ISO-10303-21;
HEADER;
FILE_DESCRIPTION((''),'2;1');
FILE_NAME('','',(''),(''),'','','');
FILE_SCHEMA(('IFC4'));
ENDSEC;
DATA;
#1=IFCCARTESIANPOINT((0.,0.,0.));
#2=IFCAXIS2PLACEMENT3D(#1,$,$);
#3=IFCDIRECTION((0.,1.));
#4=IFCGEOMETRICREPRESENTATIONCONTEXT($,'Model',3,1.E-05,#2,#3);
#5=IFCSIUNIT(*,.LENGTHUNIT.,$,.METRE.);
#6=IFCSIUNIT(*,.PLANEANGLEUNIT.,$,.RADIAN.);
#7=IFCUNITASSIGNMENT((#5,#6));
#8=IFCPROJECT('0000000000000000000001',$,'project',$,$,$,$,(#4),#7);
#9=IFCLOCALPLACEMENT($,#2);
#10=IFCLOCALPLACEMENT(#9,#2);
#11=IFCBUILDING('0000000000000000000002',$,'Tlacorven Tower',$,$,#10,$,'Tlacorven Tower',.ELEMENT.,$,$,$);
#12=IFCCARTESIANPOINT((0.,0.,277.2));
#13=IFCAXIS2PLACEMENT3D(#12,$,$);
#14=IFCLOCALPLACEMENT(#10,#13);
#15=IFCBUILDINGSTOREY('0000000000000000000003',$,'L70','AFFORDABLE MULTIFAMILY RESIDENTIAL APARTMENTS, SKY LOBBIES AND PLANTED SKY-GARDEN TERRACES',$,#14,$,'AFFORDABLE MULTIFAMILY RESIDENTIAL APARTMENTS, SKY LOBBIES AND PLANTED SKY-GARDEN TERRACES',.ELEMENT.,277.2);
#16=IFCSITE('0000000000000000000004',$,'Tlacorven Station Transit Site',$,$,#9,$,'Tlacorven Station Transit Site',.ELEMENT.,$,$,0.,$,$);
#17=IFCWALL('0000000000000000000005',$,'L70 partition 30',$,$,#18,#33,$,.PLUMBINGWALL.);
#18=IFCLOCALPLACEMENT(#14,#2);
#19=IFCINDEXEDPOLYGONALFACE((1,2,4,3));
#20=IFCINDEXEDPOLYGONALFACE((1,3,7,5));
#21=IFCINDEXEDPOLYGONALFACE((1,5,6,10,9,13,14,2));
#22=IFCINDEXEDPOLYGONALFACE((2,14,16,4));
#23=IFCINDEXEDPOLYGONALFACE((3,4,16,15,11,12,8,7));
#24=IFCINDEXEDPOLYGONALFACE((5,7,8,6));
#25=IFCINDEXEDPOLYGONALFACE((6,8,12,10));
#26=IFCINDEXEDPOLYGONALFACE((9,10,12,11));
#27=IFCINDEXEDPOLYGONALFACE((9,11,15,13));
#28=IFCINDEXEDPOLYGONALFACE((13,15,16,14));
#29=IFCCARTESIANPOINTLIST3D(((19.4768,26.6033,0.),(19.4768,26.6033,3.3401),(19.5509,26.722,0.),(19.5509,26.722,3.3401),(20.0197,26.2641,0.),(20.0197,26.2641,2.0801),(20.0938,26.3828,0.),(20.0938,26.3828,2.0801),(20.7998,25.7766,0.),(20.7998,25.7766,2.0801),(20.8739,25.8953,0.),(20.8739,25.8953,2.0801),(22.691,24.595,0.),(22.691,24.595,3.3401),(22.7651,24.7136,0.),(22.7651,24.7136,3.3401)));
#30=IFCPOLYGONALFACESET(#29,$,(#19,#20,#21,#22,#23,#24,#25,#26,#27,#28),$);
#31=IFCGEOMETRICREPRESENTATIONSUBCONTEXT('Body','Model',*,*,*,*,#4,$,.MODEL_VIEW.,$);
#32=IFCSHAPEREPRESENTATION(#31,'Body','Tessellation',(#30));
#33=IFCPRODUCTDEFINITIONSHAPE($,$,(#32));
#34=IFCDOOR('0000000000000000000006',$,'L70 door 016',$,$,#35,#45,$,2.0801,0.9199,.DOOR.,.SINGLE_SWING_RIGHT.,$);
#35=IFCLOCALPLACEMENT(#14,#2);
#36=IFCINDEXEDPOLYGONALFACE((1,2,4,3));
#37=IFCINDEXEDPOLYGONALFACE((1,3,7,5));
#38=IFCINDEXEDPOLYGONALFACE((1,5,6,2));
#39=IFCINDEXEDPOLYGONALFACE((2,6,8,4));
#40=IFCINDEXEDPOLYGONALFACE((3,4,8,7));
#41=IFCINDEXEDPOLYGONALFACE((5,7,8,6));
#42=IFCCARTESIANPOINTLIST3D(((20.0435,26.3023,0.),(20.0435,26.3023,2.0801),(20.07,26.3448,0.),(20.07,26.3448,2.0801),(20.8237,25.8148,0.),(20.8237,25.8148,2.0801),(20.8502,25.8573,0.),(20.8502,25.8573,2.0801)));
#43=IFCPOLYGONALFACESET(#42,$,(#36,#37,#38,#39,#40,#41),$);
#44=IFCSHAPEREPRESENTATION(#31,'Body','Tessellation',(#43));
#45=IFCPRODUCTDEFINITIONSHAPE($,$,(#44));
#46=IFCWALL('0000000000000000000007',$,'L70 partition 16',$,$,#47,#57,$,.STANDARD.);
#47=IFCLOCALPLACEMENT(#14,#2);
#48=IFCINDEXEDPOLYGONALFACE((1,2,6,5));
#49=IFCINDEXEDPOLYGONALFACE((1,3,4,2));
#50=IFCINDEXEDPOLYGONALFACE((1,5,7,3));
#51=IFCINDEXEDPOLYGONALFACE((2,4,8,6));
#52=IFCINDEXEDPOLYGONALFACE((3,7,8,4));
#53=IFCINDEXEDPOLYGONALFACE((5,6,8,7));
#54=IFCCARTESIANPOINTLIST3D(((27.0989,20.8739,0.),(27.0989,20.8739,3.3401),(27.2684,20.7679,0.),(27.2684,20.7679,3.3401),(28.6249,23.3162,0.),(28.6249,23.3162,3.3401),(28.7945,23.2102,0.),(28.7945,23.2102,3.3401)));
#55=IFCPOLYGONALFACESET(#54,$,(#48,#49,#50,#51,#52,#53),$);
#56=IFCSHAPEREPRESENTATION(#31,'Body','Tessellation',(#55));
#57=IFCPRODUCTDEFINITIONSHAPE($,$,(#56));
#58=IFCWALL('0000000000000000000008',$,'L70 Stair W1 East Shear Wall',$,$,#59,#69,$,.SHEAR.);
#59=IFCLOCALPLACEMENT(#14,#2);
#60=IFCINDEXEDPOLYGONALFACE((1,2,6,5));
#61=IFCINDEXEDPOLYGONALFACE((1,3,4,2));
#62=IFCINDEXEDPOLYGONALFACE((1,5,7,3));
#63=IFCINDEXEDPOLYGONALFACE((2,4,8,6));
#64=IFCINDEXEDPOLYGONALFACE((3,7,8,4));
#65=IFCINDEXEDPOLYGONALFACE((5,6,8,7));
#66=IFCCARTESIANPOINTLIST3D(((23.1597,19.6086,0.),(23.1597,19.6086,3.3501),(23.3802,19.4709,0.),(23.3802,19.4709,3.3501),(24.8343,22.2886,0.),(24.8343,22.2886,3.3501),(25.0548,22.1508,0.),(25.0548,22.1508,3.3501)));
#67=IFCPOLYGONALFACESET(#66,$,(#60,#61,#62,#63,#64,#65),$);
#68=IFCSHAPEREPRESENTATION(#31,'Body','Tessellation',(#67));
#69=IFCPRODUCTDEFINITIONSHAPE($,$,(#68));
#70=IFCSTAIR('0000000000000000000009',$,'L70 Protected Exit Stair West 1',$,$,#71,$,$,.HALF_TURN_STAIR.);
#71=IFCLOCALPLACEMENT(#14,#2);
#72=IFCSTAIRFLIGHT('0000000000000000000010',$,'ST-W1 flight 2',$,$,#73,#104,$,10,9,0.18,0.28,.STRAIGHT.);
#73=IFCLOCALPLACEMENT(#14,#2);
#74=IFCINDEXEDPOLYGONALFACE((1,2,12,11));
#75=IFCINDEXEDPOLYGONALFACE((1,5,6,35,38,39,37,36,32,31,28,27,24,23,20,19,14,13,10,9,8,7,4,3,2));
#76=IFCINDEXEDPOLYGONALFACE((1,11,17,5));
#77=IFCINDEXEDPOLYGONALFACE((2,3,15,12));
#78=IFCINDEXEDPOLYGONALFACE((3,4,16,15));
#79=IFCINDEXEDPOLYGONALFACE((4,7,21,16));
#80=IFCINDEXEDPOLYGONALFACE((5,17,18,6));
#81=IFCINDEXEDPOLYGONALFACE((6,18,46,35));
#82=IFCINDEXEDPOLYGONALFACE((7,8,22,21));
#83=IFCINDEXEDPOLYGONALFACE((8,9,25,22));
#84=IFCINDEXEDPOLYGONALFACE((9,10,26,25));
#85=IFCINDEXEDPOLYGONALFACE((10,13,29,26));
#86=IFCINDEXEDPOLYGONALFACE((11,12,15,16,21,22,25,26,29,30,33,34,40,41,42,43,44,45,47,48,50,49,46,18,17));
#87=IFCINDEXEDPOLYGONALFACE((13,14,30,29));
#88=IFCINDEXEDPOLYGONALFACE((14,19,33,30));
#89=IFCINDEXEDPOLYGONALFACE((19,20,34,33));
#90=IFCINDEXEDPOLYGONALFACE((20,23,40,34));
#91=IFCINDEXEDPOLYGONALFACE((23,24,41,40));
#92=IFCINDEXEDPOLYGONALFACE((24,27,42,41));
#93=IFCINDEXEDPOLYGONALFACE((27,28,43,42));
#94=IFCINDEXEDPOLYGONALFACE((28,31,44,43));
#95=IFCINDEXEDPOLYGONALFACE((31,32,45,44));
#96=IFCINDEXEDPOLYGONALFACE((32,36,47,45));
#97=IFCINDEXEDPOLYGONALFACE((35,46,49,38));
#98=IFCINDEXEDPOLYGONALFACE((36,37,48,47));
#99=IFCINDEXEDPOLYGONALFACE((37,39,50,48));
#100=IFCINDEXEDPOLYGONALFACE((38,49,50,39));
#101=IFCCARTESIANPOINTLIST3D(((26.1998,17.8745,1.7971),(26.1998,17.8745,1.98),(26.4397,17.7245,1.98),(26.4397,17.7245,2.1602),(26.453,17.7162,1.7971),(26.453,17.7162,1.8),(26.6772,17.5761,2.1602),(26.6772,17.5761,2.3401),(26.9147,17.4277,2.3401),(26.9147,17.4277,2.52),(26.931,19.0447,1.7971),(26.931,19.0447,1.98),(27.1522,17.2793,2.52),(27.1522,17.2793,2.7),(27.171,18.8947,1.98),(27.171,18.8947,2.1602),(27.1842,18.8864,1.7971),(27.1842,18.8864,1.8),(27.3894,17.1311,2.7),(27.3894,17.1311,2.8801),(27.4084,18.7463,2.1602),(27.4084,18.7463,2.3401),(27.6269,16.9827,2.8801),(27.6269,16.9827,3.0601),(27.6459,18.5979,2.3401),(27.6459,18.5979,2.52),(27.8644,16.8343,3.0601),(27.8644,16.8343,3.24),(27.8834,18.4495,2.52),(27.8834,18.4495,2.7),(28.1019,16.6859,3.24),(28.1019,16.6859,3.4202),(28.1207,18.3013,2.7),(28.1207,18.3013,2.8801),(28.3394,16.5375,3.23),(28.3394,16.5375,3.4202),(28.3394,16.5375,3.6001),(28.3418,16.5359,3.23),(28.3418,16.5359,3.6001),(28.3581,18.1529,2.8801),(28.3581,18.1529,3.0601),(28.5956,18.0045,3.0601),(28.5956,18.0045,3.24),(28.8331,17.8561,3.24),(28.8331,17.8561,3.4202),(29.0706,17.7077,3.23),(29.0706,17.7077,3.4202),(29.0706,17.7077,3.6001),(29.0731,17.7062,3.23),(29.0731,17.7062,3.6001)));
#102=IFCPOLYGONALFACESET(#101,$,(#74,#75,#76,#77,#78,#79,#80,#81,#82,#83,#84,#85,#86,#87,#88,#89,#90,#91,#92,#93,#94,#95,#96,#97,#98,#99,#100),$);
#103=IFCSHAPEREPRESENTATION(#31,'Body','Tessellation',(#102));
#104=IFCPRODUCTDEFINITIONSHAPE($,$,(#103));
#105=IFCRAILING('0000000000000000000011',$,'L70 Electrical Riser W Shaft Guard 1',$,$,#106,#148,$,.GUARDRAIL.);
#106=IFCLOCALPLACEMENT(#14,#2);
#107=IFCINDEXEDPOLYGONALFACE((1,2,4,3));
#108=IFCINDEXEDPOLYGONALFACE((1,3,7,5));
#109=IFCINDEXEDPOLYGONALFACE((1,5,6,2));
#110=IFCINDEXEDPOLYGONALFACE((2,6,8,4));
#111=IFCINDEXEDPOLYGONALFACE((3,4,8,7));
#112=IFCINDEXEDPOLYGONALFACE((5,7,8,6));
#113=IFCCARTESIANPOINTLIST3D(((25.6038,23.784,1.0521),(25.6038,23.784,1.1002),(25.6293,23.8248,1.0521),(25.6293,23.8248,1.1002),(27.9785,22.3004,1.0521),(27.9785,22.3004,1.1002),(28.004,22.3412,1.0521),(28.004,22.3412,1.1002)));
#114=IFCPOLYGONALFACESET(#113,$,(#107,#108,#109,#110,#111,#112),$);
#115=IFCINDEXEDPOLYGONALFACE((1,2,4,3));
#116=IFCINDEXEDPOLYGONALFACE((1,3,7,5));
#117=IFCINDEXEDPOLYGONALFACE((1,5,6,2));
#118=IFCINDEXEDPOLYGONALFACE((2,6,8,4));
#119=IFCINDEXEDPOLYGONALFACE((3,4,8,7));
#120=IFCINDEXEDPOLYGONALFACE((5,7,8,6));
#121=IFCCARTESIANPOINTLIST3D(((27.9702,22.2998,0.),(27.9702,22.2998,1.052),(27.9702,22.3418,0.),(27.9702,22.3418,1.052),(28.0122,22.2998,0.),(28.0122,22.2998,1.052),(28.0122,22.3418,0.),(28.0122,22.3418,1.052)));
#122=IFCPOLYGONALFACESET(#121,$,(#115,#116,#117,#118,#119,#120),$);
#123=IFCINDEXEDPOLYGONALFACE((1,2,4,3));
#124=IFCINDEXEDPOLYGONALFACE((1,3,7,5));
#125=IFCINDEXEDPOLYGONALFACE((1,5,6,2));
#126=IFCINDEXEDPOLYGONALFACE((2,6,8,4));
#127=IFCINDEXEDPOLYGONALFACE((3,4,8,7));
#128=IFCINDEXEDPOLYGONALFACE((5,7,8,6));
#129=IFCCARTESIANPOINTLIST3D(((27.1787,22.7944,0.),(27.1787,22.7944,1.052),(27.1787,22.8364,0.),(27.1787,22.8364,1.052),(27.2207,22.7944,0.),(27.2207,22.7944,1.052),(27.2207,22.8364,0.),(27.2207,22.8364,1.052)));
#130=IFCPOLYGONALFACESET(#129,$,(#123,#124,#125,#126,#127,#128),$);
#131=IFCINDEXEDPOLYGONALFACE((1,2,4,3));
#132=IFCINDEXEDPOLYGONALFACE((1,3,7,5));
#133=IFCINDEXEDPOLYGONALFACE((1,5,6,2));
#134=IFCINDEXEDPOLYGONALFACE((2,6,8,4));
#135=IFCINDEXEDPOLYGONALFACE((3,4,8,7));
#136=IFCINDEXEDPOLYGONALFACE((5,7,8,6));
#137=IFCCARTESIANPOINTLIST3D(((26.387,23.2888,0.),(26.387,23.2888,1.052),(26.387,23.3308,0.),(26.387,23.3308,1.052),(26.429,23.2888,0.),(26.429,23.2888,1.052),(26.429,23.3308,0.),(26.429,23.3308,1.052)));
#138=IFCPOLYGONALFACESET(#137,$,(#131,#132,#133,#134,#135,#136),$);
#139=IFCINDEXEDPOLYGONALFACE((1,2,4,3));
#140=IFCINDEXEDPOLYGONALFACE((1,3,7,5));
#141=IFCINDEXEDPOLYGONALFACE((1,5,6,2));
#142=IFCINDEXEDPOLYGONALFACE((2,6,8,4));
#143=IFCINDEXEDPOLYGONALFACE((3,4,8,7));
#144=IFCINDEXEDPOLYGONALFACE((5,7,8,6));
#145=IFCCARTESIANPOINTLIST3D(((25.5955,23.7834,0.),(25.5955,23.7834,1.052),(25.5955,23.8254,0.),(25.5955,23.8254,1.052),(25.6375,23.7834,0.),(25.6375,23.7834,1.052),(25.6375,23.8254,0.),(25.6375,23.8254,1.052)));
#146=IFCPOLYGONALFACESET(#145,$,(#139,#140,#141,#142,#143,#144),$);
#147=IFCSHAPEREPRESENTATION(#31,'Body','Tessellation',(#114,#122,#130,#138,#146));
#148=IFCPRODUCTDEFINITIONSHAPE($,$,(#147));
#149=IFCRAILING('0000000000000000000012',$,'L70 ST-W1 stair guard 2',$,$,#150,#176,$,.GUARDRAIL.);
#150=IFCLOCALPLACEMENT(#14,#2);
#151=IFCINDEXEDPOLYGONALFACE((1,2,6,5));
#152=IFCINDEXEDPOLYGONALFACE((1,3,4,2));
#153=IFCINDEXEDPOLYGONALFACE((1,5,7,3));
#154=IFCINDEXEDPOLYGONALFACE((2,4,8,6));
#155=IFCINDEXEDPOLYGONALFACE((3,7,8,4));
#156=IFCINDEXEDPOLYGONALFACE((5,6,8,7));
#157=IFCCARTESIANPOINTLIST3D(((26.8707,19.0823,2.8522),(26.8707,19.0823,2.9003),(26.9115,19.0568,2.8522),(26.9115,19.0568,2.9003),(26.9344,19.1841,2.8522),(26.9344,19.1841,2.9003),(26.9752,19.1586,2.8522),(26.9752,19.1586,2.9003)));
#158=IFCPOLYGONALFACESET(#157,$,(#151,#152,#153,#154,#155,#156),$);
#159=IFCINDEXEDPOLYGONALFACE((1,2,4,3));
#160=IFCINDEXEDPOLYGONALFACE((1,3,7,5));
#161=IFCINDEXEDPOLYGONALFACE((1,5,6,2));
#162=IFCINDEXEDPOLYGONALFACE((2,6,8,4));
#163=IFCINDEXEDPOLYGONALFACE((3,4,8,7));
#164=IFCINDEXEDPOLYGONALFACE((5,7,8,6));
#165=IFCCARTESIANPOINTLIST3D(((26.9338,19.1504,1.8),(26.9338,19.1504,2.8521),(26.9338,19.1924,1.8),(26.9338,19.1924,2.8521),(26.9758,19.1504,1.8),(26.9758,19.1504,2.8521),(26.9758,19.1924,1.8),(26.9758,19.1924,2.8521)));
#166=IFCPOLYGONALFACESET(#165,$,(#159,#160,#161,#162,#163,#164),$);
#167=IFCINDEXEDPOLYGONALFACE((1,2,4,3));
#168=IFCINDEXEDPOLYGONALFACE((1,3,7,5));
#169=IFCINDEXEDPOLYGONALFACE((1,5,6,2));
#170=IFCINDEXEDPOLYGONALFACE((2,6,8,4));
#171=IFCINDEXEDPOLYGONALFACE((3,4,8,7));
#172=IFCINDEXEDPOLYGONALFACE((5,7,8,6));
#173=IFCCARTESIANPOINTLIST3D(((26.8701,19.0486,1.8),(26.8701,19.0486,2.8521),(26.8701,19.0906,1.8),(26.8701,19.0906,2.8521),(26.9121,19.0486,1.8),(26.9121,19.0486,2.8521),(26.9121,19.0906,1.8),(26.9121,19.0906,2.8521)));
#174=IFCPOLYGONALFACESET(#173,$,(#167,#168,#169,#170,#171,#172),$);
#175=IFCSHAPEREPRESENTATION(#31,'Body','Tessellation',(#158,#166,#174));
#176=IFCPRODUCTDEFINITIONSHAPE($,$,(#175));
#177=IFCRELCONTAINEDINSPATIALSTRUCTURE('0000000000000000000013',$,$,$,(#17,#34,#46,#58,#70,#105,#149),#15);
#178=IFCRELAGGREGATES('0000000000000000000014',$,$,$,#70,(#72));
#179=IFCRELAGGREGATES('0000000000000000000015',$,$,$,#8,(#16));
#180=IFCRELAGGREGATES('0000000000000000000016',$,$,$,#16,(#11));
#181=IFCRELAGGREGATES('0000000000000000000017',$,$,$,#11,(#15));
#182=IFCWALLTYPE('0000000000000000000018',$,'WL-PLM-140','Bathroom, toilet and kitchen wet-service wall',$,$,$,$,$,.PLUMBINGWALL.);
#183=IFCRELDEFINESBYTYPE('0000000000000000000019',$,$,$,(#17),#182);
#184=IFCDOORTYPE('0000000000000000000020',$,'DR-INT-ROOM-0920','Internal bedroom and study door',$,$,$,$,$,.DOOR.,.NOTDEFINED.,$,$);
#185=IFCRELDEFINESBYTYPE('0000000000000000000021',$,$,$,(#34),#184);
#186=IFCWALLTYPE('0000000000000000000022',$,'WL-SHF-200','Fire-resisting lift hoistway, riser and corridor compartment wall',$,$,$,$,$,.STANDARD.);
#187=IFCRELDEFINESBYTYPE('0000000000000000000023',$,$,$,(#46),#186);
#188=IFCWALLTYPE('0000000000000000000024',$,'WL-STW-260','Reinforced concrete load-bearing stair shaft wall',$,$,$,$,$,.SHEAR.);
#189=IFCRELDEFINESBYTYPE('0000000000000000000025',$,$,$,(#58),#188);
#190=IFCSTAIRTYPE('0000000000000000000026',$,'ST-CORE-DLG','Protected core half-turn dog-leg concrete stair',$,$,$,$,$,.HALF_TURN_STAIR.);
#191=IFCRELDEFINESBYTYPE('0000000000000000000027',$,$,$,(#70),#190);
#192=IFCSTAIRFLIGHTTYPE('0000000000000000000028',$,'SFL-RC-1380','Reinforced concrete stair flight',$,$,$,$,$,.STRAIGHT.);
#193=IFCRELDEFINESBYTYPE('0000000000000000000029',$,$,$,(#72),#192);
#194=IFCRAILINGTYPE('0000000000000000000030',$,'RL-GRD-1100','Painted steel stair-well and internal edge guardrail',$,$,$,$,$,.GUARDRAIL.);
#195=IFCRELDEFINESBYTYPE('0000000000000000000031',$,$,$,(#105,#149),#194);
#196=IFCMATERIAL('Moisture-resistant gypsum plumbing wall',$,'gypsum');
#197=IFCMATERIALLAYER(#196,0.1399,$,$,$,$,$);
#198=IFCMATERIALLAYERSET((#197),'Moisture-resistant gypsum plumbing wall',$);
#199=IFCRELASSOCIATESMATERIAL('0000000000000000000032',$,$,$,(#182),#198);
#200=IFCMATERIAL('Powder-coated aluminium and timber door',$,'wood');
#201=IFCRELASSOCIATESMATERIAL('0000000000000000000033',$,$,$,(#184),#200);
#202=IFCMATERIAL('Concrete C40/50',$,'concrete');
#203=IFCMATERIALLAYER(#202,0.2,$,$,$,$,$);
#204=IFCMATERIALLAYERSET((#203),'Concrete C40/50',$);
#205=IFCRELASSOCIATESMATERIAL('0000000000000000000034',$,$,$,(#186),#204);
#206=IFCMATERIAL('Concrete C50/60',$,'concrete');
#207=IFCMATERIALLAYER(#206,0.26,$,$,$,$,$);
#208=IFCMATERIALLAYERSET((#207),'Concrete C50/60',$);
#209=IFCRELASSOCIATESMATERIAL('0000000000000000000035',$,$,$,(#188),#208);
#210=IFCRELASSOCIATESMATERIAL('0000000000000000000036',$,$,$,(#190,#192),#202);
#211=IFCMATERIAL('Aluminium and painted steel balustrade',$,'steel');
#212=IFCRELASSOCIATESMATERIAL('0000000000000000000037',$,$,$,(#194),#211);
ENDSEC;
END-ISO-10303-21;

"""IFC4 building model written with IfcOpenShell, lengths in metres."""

from ifc_helpers import new_model, si_unit, direction, frame, frame_2d, origin, origin_2d, place, context, subcontext, project, spatial, polyline, rectangle, outline, extrude, source, transform, mapped, material, layer, layer_set, type_object, element, fill, aggregate, save


model = new_model("IFC4")

# Units and contexts
model_context = context("Model", 3, precision=1e-05, world=origin(), true_north=direction((0.0, 1.0)))
body_context = subcontext(model_context, "Body", "Model", "MODEL_VIEW")
ifc_project = project(units=[si_unit("LENGTHUNIT", "METRE"), si_unit("PLANEANGLEUNIT", "RADIAN")], contexts=[model_context])

# Site, building, storey
site_placement = place(None, origin())
site = spatial("IfcSite", under=ifc_project, at=site_placement, Name="Tlacorven Station Transit Site", LongName="Tlacorven Station Transit Site", CompositionType="ELEMENT", RefElevation=0.0)
building_placement = place(site_placement, origin())
building = spatial("IfcBuilding", under=site, at=building_placement, Name="Tlacorven Tower", LongName="Tlacorven Tower", CompositionType="ELEMENT")
storey_placement = place(building_placement, frame((0.0, 0.0, 277.2)))
storey = spatial("IfcBuildingStorey", under=building, at=storey_placement, Name="L70", Description="AFFORDABLE MULTIFAMILY RESIDENTIAL APARTMENTS, SKY LOBBIES AND PLANTED SKY-GARDEN TERRACES", LongName="AFFORDABLE MULTIFAMILY RESIDENTIAL APARTMENTS, SKY LOBBIES AND PLANTED SKY-GARDEN TERRACES", CompositionType="ELEMENT", Elevation=277.2)

# Shared definitions
ifc_material_1 = material(Name="Concrete C50/60", Category="concrete")
ifc_material_2 = material(Name="Moisture-resistant gypsum plumbing wall", Category="gypsum")
ifc_layer_1 = layer(ifc_material_2, 0.1399)
ifc_layer_set_1 = layer_set([ifc_layer_1], Name="Moisture-resistant gypsum plumbing wall")
wall_type_1 = type_object("IfcWallType", Name="WL-PLM-140", Description="Bathroom, toilet and kitchen wet-service wall", PredefinedType="PLUMBINGWALL", material=ifc_layer_set_1)

# Wall, opening, door
wall_1_placement = place(storey_placement, frame((22.728, 24.6543, 0.0), z_axis=(0.0, 0.0, 1.0), x_axis=(-0.84806, 0.529901, 0.0)))
wall_1 = element("IfcWall", 1, at=wall_1_placement, inside=storey, type_object=wall_type_1, Name="L70 partition 30", PredefinedType="PLUMBINGWALL", context=body_context, shape_type="SweptSolid", body=[
    extrude(rectangle(XDim=3.79, YDim=0.1399, at=frame_2d((1.895, 0.0))), origin(), (0.0, 0.0, 1.0), 3.3401),
])
opening_placement = place(wall_1_placement, frame((2.23, 0.0, 0.0)))
opening = element("IfcOpeningElement", 2, at=opening_placement, cuts=wall_1, PredefinedType="OPENING", context=body_context, shape_type="SweptSolid", body=[
    extrude(rectangle(XDim=0.9199, YDim=2.0801, at=frame_2d((0.46, 1.04))), frame((0.0, 0.0801, 0.0), z_axis=(0.0, -1.0, 0.0), x_axis=(1.0, 0.0, 0.0)), (0.0, 0.0, 1.0), 0.1599),
])
ifc_material_3 = material(Name="Powder-coated aluminium and timber door", Category="wood")
door_type = type_object("IfcDoorType", Name="DR-INT-ROOM-0920", Description="Internal bedroom and study door", OperationType="NOTDEFINED", PredefinedType="DOOR", material=ifc_material_3)
shared_shape_1 = source(origin(), body_context, "Body", "SweptSolid", [
    extrude(rectangle(XDim=0.9199, YDim=2.0801, at=frame_2d((0.46, 1.04))), frame((0.0, 0.0249, 0.0), z_axis=(0.0, -1.0, 0.0), x_axis=(1.0, 0.0, 0.0)), (0.0, 0.0, 1.0), 0.05),
])
door_placement = place(opening_placement, origin())
door = element("IfcDoor", 3, at=door_placement, inside=storey, type_object=door_type, Name="L70 door 016", OperationType="SINGLE_SWING_RIGHT", OverallHeight=2.0801, OverallWidth=0.9199, PredefinedType="DOOR", context=body_context, shape_type="MappedRepresentation", body=[
    mapped(shared_shape_1, transform((0.0, 0.0, 0.0), scale=1.0)),
])
fill(opening, door)

# Walls
ifc_material_4 = material(Name="Concrete C40/50", Category="concrete")
ifc_layer_2 = layer(ifc_material_4, 0.2)
ifc_layer_set_2 = layer_set([ifc_layer_2], Name="Concrete C40/50")
wall_type_2 = type_object("IfcWallType", Name="WL-SHF-200", Description="Fire-resisting lift hoistway, riser and corridor compartment wall", PredefinedType="STANDARD", material=ifc_layer_set_2)
wall_2_placement = place(storey_placement, frame((28.7097, 23.2632, 0.0), z_axis=(0.0, 0.0, 1.0), x_axis=(-0.529907, -0.848055, 0.0)))
element("IfcWall", 4, at=wall_2_placement, inside=storey, type_object=wall_type_2, Name="L70 partition 16", PredefinedType="STANDARD", context=body_context, shape_type="SweptSolid", body=[
    extrude(rectangle(XDim=2.8799, YDim=0.2, at=frame_2d((1.4399, 0.0))), origin(), (0.0, 0.0, 1.0), 3.3401),
])
ifc_layer_3 = layer(ifc_material_1, 0.26)
ifc_layer_set_3 = layer_set([ifc_layer_3], Name="Concrete C50/60")
wall_type_3 = type_object("IfcWallType", Name="WL-STW-260", Description="Reinforced concrete load-bearing stair shaft wall", PredefinedType="SHEAR", material=ifc_layer_set_3)
wall_3_placement = place(storey_placement, frame((24.9446, 22.2197, 0.0), z_axis=(0.0, 0.0, 1.0), x_axis=(-0.529909, -0.848055, 0.0)))
element("IfcWall", 5, at=wall_3_placement, inside=storey, type_object=wall_type_3, Name="L70 Stair W1 East Shear Wall", PredefinedType="SHEAR", context=body_context, shape_type="SweptSolid", body=[
    extrude(rectangle(XDim=3.1602, YDim=0.26, at=frame_2d((1.5801, 0.0))), origin(), (0.0, 0.0, 1.0), 3.3501),
])

# Stair, stair flight
stair_type = type_object("IfcStairType", Name="ST-CORE-DLG", Description="Protected core half-turn dog-leg concrete stair", PredefinedType="HALF_TURN_STAIR", material=ifc_material_4)
stair_placement = place(storey_placement, origin())
stair = element("IfcStair", 6, at=stair_placement, inside=storey, type_object=stair_type, Name="L70 Protected Exit Stair West 1", PredefinedType="HALF_TURN_STAIR")
stair_flight_type = type_object("IfcStairFlightType", Name="SFL-RC-1380", Description="Reinforced concrete stair flight", PredefinedType="STRAIGHT", material=ifc_material_4)
shared_shape_2 = source(origin(), body_context, "Body", "SweptSolid", [
    extrude(outline(polyline([(-0.0029, -0.0029), (-0.0029, 0.1799), (0.28, 0.1799), (0.28, 0.3601), (0.5601, 0.3601), (0.5601, 0.54), (0.8401, 0.54), (0.8401, 0.72), (1.1201, 0.72), (1.1201, 0.8999), (1.3999, 0.8999), (1.3999, 1.0801), (1.6799, 1.0801), (1.6799, 1.26), (1.96, 1.26), (1.96, 1.4399), (2.24, 1.4399), (2.24, 1.6201), (2.52, 1.6201), (2.52, 1.8), (2.5229, 1.8), (2.5229, 1.4299), (2.52, 1.4299), (0.2957, 0.0), (0.2957, -0.0029), (-0.0029, -0.0029)])), frame((0.0, 0.6899, 0.0), z_axis=(0.0, -1.0, 0.0), x_axis=(1.0, 0.0, 0.0)), (0.0, 0.0, 1.0), 1.3799),
])
stair_flight_placement = place(storey_placement, frame((26.5679, 18.458, 1.8), z_axis=(0.0, 0.0, 1.0), x_axis=(0.848048, -0.529919, 0.0)))
stair_flight = element("IfcStairFlight", 7, at=stair_flight_placement, type_object=stair_flight_type, Name="ST-W1 flight 2", NumberOfRisers=10, NumberOfTreads=9, PredefinedType="STRAIGHT", RiserHeight=0.18, TreadLength=0.28, context=body_context, shape_type="MappedRepresentation", body=[
    mapped(shared_shape_2, transform((0.0, 0.0, 0.0), scale=1.0)),
])
aggregate(stair, [stair_flight])

# Railings
ifc_material_5 = material(Name="Aluminium and painted steel balustrade", Category="steel")
railing_type_1 = type_object("IfcRailingType", Name="RL-GRD-1100", Description="Painted steel stair-well and internal edge guardrail", PredefinedType="GUARDRAIL", material=ifc_material_5)
shared_shape_3 = source(origin(), body_context, "Body", "SweptSolid", [
    extrude(rectangle(XDim=0.0481, YDim=0.0481, at=origin_2d()), frame((0.0, 0.0, 1.0762), z_axis=(-0.848091, 0.52985, 0.0), x_axis=(-0.52985, -0.848091, 0.0)), (0.0, 0.0, 1.0), 2.8),
    extrude(rectangle(XDim=0.042, YDim=0.042, at=origin_2d()), origin(), (0.0, 0.0, 1.0), 1.052),
    extrude(rectangle(XDim=0.042, YDim=0.042, at=origin_2d()), frame((-0.7915, 0.4946, 0.0)), (0.0, 0.0, 1.0), 1.052),
    extrude(rectangle(XDim=0.042, YDim=0.042, at=origin_2d()), frame((-1.5833, 0.989, 0.0)), (0.0, 0.0, 1.0), 1.052),
    extrude(rectangle(XDim=0.042, YDim=0.042, at=origin_2d()), frame((-2.3748, 1.4836, 0.0)), (0.0, 0.0, 1.0), 1.052),
])
railing_1_placement = place(storey_placement, frame((27.9912, 22.3208, 0.0)))
element("IfcRailing", 8, at=railing_1_placement, inside=storey, type_object=railing_type_1, Name="L70 Electrical Riser W Shaft Guard 1", PredefinedType="GUARDRAIL", context=body_context, shape_type="MappedRepresentation", body=[
    mapped(shared_shape_3, transform((0.0, 0.0, 0.0), scale=1.0)),
])
shared_shape_4 = source(origin(), body_context, "Body", "SweptSolid", [
    extrude(rectangle(XDim=0.0481, YDim=0.0481, at=origin_2d()), frame((0.0, 0.0, 1.0762), z_axis=(-0.530547, -0.847656, 0.0), x_axis=(0.847656, -0.530547, 0.0)), (0.0, 0.0, 1.0), 0.1201),
    extrude(rectangle(XDim=0.042, YDim=0.042, at=origin_2d()), origin(), (0.0, 0.0, 1.0), 1.052),
    extrude(rectangle(XDim=0.042, YDim=0.042, at=origin_2d()), frame((-0.0637, -0.1018, 0.0)), (0.0, 0.0, 1.0), 1.052),
])
railing_2_placement = place(storey_placement, frame((26.9548, 19.1714, 1.8)))
element("IfcRailing", 9, at=railing_2_placement, inside=storey, type_object=railing_type_1, Name="L70 ST-W1 stair guard 2", PredefinedType="GUARDRAIL", context=body_context, shape_type="MappedRepresentation", body=[
    mapped(shared_shape_4, transform((0.0, 0.0, 0.0), scale=1.0)),
])

save(model, "model.ifc")
